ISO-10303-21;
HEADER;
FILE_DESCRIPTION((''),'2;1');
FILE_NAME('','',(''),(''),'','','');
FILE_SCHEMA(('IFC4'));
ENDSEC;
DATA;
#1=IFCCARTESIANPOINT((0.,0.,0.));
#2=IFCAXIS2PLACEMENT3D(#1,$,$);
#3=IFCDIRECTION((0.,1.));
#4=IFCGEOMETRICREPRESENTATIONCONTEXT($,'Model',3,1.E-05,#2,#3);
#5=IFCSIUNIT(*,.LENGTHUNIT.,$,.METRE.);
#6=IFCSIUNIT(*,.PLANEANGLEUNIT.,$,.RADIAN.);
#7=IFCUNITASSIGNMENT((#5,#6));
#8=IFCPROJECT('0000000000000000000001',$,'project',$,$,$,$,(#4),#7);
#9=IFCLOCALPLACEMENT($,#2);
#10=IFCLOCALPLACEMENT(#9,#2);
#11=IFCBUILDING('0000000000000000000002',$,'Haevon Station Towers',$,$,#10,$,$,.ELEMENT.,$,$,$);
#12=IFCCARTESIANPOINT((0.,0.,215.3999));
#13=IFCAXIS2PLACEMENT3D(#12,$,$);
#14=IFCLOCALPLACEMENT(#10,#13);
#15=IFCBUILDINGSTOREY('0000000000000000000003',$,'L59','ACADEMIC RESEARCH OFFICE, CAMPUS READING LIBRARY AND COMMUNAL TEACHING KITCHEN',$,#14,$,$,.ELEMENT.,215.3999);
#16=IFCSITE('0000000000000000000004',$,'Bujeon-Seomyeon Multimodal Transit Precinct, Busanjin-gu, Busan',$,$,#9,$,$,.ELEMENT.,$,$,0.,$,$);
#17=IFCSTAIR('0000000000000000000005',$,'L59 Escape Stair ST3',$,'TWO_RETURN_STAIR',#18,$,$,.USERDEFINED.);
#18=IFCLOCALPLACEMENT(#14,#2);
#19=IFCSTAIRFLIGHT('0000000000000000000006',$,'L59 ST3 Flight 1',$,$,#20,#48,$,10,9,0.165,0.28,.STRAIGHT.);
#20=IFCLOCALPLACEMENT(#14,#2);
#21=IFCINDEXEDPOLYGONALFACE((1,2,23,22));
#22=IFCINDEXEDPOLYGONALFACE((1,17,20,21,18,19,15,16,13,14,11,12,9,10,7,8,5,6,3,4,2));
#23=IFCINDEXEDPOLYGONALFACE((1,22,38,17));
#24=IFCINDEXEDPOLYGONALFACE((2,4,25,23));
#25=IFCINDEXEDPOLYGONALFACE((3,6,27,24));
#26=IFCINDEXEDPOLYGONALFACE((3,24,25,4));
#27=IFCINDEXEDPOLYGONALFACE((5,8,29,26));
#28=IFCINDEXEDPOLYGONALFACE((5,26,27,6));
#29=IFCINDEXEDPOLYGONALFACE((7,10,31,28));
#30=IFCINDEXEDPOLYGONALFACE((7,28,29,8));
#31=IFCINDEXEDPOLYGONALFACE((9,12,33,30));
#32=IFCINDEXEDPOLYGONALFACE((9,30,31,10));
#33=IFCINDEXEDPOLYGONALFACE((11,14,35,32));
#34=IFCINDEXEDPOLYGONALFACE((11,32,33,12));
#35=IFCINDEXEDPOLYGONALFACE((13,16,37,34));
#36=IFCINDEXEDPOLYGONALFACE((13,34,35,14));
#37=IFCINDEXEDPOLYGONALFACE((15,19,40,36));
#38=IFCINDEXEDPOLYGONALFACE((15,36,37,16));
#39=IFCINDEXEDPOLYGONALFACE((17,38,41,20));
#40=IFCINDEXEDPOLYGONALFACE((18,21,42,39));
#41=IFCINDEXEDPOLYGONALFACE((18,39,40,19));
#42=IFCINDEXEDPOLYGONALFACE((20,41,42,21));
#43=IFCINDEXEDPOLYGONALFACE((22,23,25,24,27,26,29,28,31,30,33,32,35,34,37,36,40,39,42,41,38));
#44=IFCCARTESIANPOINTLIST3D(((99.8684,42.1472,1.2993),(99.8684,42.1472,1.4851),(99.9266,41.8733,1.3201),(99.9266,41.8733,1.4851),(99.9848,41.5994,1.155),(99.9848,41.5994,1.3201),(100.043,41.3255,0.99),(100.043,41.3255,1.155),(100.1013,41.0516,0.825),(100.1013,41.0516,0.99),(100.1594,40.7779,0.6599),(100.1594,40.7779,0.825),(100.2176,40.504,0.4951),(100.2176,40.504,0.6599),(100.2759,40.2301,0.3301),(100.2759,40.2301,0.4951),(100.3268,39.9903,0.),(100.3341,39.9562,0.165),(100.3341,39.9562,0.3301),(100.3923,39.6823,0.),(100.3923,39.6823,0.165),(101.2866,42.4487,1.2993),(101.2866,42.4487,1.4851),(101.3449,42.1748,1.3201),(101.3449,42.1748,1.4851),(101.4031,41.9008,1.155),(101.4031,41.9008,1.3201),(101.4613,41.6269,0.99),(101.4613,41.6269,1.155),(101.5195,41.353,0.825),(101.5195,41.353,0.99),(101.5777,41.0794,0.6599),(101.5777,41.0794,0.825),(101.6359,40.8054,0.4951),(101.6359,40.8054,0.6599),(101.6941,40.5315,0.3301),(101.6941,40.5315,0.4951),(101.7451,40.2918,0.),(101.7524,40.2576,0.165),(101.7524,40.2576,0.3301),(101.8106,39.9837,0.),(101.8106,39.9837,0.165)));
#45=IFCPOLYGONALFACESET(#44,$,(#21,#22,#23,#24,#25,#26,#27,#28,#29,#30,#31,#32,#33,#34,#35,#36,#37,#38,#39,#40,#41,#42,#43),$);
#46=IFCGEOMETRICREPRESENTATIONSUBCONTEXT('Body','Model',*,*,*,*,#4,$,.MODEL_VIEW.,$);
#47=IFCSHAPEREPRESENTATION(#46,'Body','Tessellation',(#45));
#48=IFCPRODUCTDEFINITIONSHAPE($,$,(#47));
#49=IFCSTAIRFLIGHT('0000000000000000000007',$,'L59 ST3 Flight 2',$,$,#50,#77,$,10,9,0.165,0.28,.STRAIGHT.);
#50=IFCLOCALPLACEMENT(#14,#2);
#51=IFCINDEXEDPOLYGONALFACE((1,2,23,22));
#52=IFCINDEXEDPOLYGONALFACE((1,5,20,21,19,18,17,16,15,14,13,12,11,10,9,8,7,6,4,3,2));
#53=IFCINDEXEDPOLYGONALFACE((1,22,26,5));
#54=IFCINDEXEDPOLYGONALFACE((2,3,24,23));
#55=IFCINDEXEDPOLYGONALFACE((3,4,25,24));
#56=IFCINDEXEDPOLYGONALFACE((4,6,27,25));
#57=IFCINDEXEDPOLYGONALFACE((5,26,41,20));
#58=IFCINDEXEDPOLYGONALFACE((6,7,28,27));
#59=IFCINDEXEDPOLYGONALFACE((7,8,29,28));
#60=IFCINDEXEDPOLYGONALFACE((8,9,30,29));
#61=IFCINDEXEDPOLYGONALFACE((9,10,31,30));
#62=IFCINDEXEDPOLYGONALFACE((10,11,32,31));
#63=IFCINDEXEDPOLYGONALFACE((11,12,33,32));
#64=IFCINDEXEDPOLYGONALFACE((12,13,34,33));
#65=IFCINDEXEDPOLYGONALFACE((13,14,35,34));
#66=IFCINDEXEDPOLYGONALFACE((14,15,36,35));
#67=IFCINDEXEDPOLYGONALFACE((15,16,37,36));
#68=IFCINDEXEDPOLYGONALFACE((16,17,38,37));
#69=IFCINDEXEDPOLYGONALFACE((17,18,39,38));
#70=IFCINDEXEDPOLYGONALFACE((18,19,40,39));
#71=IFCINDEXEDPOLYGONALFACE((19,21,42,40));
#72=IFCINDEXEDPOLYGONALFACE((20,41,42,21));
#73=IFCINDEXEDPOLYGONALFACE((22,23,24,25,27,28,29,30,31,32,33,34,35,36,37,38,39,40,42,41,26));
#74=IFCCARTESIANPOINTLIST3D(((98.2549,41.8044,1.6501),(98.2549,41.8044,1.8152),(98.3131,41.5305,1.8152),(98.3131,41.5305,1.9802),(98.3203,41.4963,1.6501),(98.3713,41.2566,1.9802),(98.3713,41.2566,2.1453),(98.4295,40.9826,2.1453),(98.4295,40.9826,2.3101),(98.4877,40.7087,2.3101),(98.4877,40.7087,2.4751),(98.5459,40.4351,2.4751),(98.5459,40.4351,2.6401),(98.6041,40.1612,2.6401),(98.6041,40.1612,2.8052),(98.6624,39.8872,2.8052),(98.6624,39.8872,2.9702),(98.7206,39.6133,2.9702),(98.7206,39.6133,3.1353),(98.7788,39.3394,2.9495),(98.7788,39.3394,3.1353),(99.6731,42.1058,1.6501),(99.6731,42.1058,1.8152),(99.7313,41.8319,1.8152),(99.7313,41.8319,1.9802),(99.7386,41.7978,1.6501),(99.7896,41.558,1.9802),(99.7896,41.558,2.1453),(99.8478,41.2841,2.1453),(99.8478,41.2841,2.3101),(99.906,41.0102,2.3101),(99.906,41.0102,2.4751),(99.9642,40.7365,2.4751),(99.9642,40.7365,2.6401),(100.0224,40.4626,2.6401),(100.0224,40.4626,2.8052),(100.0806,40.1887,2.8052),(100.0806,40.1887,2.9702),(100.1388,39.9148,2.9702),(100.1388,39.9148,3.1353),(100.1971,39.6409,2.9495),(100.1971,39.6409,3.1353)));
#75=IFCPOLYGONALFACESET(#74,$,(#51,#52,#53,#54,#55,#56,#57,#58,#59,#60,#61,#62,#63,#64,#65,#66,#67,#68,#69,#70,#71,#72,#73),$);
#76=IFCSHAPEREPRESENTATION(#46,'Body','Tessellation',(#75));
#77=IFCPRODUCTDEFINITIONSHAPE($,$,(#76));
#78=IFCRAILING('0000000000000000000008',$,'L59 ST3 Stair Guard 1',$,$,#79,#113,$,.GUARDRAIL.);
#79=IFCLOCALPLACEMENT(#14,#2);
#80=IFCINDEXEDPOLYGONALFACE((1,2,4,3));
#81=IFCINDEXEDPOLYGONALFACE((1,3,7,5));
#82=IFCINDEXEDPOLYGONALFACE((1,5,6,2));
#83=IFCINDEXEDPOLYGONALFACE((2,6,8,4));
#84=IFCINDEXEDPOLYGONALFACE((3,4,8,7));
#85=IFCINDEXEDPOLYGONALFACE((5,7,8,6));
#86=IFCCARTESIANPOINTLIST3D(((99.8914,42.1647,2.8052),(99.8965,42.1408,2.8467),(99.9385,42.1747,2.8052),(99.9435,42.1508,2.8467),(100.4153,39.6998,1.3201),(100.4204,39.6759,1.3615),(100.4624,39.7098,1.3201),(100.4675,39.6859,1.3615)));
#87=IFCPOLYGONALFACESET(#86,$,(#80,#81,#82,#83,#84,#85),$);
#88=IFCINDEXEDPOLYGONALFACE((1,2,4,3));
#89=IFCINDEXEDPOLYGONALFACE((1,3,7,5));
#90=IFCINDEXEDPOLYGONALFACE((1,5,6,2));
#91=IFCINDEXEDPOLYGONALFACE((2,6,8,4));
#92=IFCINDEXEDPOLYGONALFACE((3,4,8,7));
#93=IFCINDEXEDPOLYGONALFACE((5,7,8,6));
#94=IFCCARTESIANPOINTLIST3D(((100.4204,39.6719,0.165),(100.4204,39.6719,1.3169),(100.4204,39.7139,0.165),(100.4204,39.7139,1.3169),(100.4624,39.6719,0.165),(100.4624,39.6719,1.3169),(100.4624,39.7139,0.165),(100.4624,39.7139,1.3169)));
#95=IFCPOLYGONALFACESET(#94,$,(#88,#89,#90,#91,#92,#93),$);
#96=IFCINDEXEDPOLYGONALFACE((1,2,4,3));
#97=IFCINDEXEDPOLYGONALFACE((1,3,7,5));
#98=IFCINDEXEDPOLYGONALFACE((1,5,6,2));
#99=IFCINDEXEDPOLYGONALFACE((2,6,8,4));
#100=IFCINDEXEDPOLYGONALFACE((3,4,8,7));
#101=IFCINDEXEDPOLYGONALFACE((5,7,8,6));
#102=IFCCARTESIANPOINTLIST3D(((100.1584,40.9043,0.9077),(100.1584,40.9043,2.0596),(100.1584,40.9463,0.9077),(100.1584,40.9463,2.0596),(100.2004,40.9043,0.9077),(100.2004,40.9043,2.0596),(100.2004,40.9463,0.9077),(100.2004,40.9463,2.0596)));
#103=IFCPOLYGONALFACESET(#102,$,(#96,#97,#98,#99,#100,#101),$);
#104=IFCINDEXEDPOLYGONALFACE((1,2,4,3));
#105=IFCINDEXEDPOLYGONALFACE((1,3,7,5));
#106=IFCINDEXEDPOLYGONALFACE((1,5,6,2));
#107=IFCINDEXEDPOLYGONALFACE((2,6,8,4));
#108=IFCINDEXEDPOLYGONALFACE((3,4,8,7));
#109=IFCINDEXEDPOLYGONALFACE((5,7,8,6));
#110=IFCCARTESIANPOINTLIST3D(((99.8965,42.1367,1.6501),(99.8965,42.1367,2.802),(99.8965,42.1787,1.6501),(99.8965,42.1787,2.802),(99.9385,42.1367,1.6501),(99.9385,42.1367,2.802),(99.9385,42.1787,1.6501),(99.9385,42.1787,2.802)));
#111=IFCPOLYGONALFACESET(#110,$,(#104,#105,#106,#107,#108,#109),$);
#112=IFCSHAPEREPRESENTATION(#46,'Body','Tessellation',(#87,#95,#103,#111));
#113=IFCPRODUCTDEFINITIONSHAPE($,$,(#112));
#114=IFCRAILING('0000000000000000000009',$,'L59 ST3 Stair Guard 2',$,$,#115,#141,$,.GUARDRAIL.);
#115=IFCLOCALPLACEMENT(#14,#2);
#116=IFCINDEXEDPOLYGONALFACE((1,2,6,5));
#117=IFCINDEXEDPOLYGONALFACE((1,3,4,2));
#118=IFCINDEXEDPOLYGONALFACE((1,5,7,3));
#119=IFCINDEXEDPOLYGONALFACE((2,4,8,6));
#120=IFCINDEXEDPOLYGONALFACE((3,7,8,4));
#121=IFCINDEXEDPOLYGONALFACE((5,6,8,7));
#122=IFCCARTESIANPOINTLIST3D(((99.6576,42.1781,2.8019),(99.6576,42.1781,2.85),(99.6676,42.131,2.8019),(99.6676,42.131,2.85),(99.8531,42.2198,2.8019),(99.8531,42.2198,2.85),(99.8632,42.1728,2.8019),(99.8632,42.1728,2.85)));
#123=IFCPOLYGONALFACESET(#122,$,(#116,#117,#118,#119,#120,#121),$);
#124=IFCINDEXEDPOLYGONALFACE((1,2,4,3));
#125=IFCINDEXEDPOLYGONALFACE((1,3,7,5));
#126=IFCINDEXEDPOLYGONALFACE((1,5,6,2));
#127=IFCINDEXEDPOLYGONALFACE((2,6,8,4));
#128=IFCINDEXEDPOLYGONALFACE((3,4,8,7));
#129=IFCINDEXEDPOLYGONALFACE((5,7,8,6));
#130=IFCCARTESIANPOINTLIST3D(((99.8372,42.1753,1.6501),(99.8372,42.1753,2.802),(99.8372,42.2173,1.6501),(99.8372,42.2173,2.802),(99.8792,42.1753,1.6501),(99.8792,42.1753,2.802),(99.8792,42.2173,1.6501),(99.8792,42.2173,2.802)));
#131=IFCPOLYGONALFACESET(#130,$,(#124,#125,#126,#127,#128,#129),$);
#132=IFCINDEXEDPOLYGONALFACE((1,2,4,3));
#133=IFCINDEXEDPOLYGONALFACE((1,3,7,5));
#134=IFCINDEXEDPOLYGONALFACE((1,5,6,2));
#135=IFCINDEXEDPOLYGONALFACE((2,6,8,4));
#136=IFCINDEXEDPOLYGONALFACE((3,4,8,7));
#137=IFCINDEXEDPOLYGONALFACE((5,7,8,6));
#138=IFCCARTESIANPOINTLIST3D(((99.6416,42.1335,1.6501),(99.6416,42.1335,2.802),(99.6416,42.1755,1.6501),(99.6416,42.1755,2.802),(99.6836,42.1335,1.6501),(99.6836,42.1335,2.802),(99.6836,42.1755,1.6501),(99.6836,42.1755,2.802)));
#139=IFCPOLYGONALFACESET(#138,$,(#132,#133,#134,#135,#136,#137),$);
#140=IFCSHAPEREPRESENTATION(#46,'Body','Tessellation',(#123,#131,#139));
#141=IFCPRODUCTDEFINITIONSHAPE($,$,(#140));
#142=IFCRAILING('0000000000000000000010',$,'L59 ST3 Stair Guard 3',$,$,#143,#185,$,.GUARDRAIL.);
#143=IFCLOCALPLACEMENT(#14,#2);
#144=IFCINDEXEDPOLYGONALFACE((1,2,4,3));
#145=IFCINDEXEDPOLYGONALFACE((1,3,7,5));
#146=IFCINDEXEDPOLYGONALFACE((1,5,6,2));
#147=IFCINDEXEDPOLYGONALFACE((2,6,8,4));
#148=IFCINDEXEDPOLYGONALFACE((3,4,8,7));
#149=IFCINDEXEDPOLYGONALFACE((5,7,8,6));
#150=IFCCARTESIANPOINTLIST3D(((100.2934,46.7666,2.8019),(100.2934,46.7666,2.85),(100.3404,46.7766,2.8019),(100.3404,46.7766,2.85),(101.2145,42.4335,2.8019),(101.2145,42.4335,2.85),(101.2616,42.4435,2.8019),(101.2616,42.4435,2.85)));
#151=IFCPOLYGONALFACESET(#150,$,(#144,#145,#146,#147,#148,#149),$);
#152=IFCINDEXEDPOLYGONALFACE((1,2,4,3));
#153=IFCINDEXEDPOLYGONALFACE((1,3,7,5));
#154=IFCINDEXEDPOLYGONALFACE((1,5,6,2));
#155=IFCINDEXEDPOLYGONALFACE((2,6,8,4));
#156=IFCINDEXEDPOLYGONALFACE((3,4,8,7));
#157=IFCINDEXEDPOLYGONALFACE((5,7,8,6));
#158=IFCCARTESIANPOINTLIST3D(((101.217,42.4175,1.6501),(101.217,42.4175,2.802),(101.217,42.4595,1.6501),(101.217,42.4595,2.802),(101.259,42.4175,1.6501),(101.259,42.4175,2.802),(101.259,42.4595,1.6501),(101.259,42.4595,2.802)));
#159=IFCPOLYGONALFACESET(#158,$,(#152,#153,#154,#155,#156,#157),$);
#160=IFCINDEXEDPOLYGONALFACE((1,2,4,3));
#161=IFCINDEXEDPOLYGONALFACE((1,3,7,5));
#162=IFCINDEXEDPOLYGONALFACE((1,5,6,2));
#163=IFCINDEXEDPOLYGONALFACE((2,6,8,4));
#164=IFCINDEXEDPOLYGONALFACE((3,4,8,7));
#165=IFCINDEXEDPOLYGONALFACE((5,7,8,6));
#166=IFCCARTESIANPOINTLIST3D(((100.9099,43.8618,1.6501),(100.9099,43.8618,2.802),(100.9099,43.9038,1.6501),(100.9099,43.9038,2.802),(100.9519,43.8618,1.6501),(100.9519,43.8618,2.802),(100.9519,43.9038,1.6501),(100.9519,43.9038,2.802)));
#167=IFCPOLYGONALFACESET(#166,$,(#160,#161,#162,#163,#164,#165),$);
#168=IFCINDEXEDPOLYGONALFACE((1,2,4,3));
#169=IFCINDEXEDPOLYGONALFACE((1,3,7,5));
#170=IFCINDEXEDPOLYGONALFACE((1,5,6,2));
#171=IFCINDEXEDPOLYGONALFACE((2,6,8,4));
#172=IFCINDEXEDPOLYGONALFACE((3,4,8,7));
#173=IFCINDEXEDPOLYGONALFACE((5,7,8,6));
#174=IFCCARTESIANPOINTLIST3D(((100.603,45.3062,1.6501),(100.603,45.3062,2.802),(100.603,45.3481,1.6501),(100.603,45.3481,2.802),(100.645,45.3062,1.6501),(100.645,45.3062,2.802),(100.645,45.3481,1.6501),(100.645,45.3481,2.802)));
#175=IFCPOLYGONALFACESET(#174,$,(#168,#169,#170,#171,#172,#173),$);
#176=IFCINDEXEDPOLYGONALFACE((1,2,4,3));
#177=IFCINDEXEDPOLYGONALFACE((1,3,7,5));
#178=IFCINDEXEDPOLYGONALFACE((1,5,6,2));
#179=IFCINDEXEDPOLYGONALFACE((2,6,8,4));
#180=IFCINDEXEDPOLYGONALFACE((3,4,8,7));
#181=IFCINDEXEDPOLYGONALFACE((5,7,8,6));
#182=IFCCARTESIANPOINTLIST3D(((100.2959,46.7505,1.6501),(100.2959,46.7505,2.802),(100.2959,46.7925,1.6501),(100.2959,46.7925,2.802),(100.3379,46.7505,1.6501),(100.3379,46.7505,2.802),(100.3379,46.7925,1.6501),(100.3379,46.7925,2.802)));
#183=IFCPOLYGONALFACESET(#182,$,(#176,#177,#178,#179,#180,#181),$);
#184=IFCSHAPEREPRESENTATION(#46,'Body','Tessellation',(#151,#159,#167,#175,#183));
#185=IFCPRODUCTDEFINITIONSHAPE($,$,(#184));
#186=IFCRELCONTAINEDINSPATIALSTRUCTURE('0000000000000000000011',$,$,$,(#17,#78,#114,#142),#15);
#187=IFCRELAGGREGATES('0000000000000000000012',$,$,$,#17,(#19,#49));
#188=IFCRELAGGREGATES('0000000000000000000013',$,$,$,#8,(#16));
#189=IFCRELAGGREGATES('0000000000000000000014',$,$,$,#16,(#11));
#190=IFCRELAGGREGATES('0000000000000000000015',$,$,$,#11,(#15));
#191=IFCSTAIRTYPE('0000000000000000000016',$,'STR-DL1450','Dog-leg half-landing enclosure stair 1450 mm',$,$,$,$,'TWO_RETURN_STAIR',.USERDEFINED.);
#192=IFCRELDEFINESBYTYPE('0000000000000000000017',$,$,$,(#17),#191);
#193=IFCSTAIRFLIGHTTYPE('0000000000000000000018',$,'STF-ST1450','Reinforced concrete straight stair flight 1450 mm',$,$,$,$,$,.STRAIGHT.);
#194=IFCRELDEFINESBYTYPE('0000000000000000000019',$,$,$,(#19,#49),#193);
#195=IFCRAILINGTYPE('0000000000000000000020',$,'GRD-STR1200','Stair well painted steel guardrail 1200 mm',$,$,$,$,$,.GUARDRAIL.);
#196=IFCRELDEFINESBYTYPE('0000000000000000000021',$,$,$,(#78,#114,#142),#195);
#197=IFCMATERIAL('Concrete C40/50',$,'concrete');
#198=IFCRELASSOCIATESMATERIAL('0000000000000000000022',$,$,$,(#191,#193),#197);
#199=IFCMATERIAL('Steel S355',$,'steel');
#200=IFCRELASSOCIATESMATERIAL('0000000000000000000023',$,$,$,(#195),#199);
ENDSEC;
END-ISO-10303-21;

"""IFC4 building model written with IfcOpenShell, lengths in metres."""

from ifc_helpers import new_model, si_unit, direction, frame, origin, origin_2d, place, context, subcontext, project, spatial, polyline, rectangle, outline, extrude, material, type_object, element, aggregate, save


model = new_model("IFC4")

# Units and contexts
model_context = context("Model", 3, precision=1e-05, world=origin(), true_north=direction((0.0, 1.0)))
body_context = subcontext(model_context, "Body", "Model", "MODEL_VIEW")
ifc_project = project(units=[si_unit("LENGTHUNIT", "METRE"), si_unit("PLANEANGLEUNIT", "RADIAN")], contexts=[model_context])

# Site, building, storey
site_placement = place(None, origin())
site = spatial("IfcSite", under=ifc_project, at=site_placement, Name="Bujeon-Seomyeon Multimodal Transit Precinct, Busanjin-gu, Busan", CompositionType="ELEMENT", RefElevation=0.0)
building_placement = place(site_placement, origin())
building = spatial("IfcBuilding", under=site, at=building_placement, Name="Haevon Station Towers", CompositionType="ELEMENT")
storey_placement = place(building_placement, frame((0.0, 0.0, 215.3999)))
storey = spatial("IfcBuildingStorey", under=building, at=storey_placement, Name="L59", Description="ACADEMIC RESEARCH OFFICE, CAMPUS READING LIBRARY AND COMMUNAL TEACHING KITCHEN", CompositionType="ELEMENT", Elevation=215.3999)

# Shared definitions
ifc_material_1 = material(Name="Steel S355", Category="steel")

# Shared definitions
ifc_material_2 = material(Name="Concrete C40/50", Category="concrete")

# Stair, stair flights
stair_type = type_object("IfcStairType", Name="STR-DL1450", Description="Dog-leg half-landing enclosure stair 1450 mm", ElementType="TWO_RETURN_STAIR", PredefinedType="USERDEFINED", material=ifc_material_2)
stair_placement = place(storey_placement, origin())
stair = element("IfcStair", 1, at=stair_placement, inside=storey, type_object=stair_type, Name="L59 Escape Stair ST3", ObjectType="TWO_RETURN_STAIR", PredefinedType="USERDEFINED")
stair_flight_type = type_object("IfcStairFlightType", Name="STF-ST1450", Description="Reinforced concrete straight stair flight 1450 mm", PredefinedType="STRAIGHT", material=ifc_material_2)
stair_flight_1_placement = place(storey_placement, frame((101.1016, 39.833, 0.0), z_axis=(0.0, 0.0, 1.0), x_axis=(-0.207912, 0.978148, 0.0)))
stair_flight_1 = element("IfcStairFlight", 2, at=stair_flight_1_placement, type_object=stair_flight_type, Name="L59 ST3 Flight 1", NumberOfRisers=10, NumberOfTreads=9, PredefinedType="STRAIGHT", RiserHeight=0.165, TreadLength=0.28, context=body_context, shape_type="SweptSolid", body=[
    extrude(outline(polyline([(0.0, 0.0), (0.0, 0.165), (0.28, 0.165), (0.28, 0.3301), (0.5601, 0.3301), (0.5601, 0.4951), (0.8401, 0.4951), (0.8401, 0.6599), (1.1201, 0.6599), (1.1201, 0.825), (1.3999, 0.825), (1.3999, 0.99), (1.6799, 0.99), (1.6799, 1.155), (1.96, 1.155), (1.96, 1.3201), (2.24, 1.3201), (2.24, 1.4851), (2.52, 1.4851), (2.52, 1.6499), (2.52, 1.2993), (0.3149, 0.0), (0.0, 0.0)])), frame((0.0, 0.7251, 0.0), z_axis=(0.0, -1.0, 0.0), x_axis=(1.0, 0.0, 0.0)), (0.0, 0.0, 1.0), 1.45),
])
stair_flight_2_placement = place(storey_placement, frame((98.9639, 41.9551, 1.6501), z_axis=(0.0, 0.0, 1.0), x_axis=(0.207912, -0.978148, 0.0)))
stair_flight_2 = element("IfcStairFlight", 3, at=stair_flight_2_placement, type_object=stair_flight_type, Name="L59 ST3 Flight 2", NumberOfRisers=10, NumberOfTreads=9, PredefinedType="STRAIGHT", RiserHeight=0.165, TreadLength=0.28, context=body_context, shape_type="SweptSolid", body=[
    extrude(outline(polyline([(0.0, 0.0), (0.0, 0.165), (0.28, 0.165), (0.28, 0.3301), (0.5601, 0.3301), (0.5601, 0.4951), (0.8401, 0.4951), (0.8401, 0.6599), (1.1201, 0.6599), (1.1201, 0.825), (1.3999, 0.825), (1.3999, 0.99), (1.6799, 0.99), (1.6799, 1.155), (1.96, 1.155), (1.96, 1.3201), (2.24, 1.3201), (2.24, 1.4851), (2.52, 1.4851), (2.52, 1.6499), (2.52, 1.2993), (0.3149, 0.0), (0.0, 0.0)])), frame((0.0, 0.7251, 0.0), z_axis=(0.0, -1.0, 0.0), x_axis=(1.0, 0.0, 0.0)), (0.0, 0.0, 1.0), 1.45),
])
aggregate(stair, [stair_flight_1, stair_flight_2])

# Railings
railing_type_1 = type_object("IfcRailingType", Name="GRD-STR1200", Description="Stair well painted steel guardrail 1200 mm", PredefinedType="GUARDRAIL", material=ifc_material_1)
railing_1_placement = place(storey_placement, frame((100.4414, 39.6929, 0.165)))
element("IfcRailing", 4, at=railing_1_placement, inside=storey, type_object=railing_type_1, Name="L59 ST3 Stair Guard 1", PredefinedType="GUARDRAIL", context=body_context, shape_type="SweptSolid", body=[
    extrude(rectangle(XDim=0.0481, YDim=0.0481, at=origin_2d()), frame((0.0, 0.0, 1.1758), z_axis=(-0.179121, 0.842688, 0.507733), x_axis=(-0.978147, -0.207914, 0.0)), (0.0, 0.0, 1.0), 2.925),
    extrude(rectangle(XDim=0.042, YDim=0.042, at=origin_2d()), origin(), (0.0, 0.0, 1.0), 1.1519),
    extrude(rectangle(XDim=0.042, YDim=0.042, at=origin_2d()), frame((-0.262, 1.2324, 0.7427)), (0.0, 0.0, 1.0), 1.1519),
    extrude(rectangle(XDim=0.042, YDim=0.042, at=origin_2d()), frame((-0.5239, 2.4648, 1.4851)), (0.0, 0.0, 1.0), 1.1519),
])
railing_2_placement = place(storey_placement, frame((99.8582, 42.1963, 1.6501)))
element("IfcRailing", 5, at=railing_2_placement, inside=storey, type_object=railing_type_1, Name="L59 ST3 Stair Guard 2", PredefinedType="GUARDRAIL", context=body_context, shape_type="SweptSolid", body=[
    extrude(rectangle(XDim=0.0481, YDim=0.0481, at=origin_2d()), frame((0.0, 0.0, 1.1758), z_axis=(-0.977963, -0.208779, 0.0), x_axis=(0.208779, -0.977963, 0.0)), (0.0, 0.0, 1.0), 0.2),
    extrude(rectangle(XDim=0.042, YDim=0.042, at=origin_2d()), origin(), (0.0, 0.0, 1.0), 1.1519),
    extrude(rectangle(XDim=0.042, YDim=0.042, at=origin_2d()), frame((-0.1956, -0.0417, 0.0)), (0.0, 0.0, 1.0), 1.1519),
])
railing_3_placement = place(storey_placement, frame((101.238, 42.4385, 1.6501)))
element("IfcRailing", 6, at=railing_3_placement, inside=storey, type_object=railing_type_1, Name="L59 ST3 Stair Guard 3", PredefinedType="GUARDRAIL", context=body_context, shape_type="SweptSolid", body=[
    extrude(rectangle(XDim=0.0481, YDim=0.0481, at=origin_2d()), frame((0.0, 0.0, 1.1758), z_axis=(-0.20794, 0.978141, 0.0), x_axis=(-0.978141, -0.20794, 0.0)), (0.0, 0.0, 1.0), 4.4299),
    extrude(rectangle(XDim=0.042, YDim=0.042, at=origin_2d()), origin(), (0.0, 0.0, 1.0), 1.1519),
    extrude(rectangle(XDim=0.042, YDim=0.042, at=origin_2d()), frame((-0.3071, 1.4443, 0.0)), (0.0, 0.0, 1.0), 1.1519),
    extrude(rectangle(XDim=0.042, YDim=0.042, at=origin_2d()), frame((-0.614, 2.8887, 0.0)), (0.0, 0.0, 1.0), 1.1519),
    extrude(rectangle(XDim=0.042, YDim=0.042, at=origin_2d()), frame((-0.9211, 4.333, 0.0)), (0.0, 0.0, 1.0), 1.1519),
])

save(model, "model.ifc")
